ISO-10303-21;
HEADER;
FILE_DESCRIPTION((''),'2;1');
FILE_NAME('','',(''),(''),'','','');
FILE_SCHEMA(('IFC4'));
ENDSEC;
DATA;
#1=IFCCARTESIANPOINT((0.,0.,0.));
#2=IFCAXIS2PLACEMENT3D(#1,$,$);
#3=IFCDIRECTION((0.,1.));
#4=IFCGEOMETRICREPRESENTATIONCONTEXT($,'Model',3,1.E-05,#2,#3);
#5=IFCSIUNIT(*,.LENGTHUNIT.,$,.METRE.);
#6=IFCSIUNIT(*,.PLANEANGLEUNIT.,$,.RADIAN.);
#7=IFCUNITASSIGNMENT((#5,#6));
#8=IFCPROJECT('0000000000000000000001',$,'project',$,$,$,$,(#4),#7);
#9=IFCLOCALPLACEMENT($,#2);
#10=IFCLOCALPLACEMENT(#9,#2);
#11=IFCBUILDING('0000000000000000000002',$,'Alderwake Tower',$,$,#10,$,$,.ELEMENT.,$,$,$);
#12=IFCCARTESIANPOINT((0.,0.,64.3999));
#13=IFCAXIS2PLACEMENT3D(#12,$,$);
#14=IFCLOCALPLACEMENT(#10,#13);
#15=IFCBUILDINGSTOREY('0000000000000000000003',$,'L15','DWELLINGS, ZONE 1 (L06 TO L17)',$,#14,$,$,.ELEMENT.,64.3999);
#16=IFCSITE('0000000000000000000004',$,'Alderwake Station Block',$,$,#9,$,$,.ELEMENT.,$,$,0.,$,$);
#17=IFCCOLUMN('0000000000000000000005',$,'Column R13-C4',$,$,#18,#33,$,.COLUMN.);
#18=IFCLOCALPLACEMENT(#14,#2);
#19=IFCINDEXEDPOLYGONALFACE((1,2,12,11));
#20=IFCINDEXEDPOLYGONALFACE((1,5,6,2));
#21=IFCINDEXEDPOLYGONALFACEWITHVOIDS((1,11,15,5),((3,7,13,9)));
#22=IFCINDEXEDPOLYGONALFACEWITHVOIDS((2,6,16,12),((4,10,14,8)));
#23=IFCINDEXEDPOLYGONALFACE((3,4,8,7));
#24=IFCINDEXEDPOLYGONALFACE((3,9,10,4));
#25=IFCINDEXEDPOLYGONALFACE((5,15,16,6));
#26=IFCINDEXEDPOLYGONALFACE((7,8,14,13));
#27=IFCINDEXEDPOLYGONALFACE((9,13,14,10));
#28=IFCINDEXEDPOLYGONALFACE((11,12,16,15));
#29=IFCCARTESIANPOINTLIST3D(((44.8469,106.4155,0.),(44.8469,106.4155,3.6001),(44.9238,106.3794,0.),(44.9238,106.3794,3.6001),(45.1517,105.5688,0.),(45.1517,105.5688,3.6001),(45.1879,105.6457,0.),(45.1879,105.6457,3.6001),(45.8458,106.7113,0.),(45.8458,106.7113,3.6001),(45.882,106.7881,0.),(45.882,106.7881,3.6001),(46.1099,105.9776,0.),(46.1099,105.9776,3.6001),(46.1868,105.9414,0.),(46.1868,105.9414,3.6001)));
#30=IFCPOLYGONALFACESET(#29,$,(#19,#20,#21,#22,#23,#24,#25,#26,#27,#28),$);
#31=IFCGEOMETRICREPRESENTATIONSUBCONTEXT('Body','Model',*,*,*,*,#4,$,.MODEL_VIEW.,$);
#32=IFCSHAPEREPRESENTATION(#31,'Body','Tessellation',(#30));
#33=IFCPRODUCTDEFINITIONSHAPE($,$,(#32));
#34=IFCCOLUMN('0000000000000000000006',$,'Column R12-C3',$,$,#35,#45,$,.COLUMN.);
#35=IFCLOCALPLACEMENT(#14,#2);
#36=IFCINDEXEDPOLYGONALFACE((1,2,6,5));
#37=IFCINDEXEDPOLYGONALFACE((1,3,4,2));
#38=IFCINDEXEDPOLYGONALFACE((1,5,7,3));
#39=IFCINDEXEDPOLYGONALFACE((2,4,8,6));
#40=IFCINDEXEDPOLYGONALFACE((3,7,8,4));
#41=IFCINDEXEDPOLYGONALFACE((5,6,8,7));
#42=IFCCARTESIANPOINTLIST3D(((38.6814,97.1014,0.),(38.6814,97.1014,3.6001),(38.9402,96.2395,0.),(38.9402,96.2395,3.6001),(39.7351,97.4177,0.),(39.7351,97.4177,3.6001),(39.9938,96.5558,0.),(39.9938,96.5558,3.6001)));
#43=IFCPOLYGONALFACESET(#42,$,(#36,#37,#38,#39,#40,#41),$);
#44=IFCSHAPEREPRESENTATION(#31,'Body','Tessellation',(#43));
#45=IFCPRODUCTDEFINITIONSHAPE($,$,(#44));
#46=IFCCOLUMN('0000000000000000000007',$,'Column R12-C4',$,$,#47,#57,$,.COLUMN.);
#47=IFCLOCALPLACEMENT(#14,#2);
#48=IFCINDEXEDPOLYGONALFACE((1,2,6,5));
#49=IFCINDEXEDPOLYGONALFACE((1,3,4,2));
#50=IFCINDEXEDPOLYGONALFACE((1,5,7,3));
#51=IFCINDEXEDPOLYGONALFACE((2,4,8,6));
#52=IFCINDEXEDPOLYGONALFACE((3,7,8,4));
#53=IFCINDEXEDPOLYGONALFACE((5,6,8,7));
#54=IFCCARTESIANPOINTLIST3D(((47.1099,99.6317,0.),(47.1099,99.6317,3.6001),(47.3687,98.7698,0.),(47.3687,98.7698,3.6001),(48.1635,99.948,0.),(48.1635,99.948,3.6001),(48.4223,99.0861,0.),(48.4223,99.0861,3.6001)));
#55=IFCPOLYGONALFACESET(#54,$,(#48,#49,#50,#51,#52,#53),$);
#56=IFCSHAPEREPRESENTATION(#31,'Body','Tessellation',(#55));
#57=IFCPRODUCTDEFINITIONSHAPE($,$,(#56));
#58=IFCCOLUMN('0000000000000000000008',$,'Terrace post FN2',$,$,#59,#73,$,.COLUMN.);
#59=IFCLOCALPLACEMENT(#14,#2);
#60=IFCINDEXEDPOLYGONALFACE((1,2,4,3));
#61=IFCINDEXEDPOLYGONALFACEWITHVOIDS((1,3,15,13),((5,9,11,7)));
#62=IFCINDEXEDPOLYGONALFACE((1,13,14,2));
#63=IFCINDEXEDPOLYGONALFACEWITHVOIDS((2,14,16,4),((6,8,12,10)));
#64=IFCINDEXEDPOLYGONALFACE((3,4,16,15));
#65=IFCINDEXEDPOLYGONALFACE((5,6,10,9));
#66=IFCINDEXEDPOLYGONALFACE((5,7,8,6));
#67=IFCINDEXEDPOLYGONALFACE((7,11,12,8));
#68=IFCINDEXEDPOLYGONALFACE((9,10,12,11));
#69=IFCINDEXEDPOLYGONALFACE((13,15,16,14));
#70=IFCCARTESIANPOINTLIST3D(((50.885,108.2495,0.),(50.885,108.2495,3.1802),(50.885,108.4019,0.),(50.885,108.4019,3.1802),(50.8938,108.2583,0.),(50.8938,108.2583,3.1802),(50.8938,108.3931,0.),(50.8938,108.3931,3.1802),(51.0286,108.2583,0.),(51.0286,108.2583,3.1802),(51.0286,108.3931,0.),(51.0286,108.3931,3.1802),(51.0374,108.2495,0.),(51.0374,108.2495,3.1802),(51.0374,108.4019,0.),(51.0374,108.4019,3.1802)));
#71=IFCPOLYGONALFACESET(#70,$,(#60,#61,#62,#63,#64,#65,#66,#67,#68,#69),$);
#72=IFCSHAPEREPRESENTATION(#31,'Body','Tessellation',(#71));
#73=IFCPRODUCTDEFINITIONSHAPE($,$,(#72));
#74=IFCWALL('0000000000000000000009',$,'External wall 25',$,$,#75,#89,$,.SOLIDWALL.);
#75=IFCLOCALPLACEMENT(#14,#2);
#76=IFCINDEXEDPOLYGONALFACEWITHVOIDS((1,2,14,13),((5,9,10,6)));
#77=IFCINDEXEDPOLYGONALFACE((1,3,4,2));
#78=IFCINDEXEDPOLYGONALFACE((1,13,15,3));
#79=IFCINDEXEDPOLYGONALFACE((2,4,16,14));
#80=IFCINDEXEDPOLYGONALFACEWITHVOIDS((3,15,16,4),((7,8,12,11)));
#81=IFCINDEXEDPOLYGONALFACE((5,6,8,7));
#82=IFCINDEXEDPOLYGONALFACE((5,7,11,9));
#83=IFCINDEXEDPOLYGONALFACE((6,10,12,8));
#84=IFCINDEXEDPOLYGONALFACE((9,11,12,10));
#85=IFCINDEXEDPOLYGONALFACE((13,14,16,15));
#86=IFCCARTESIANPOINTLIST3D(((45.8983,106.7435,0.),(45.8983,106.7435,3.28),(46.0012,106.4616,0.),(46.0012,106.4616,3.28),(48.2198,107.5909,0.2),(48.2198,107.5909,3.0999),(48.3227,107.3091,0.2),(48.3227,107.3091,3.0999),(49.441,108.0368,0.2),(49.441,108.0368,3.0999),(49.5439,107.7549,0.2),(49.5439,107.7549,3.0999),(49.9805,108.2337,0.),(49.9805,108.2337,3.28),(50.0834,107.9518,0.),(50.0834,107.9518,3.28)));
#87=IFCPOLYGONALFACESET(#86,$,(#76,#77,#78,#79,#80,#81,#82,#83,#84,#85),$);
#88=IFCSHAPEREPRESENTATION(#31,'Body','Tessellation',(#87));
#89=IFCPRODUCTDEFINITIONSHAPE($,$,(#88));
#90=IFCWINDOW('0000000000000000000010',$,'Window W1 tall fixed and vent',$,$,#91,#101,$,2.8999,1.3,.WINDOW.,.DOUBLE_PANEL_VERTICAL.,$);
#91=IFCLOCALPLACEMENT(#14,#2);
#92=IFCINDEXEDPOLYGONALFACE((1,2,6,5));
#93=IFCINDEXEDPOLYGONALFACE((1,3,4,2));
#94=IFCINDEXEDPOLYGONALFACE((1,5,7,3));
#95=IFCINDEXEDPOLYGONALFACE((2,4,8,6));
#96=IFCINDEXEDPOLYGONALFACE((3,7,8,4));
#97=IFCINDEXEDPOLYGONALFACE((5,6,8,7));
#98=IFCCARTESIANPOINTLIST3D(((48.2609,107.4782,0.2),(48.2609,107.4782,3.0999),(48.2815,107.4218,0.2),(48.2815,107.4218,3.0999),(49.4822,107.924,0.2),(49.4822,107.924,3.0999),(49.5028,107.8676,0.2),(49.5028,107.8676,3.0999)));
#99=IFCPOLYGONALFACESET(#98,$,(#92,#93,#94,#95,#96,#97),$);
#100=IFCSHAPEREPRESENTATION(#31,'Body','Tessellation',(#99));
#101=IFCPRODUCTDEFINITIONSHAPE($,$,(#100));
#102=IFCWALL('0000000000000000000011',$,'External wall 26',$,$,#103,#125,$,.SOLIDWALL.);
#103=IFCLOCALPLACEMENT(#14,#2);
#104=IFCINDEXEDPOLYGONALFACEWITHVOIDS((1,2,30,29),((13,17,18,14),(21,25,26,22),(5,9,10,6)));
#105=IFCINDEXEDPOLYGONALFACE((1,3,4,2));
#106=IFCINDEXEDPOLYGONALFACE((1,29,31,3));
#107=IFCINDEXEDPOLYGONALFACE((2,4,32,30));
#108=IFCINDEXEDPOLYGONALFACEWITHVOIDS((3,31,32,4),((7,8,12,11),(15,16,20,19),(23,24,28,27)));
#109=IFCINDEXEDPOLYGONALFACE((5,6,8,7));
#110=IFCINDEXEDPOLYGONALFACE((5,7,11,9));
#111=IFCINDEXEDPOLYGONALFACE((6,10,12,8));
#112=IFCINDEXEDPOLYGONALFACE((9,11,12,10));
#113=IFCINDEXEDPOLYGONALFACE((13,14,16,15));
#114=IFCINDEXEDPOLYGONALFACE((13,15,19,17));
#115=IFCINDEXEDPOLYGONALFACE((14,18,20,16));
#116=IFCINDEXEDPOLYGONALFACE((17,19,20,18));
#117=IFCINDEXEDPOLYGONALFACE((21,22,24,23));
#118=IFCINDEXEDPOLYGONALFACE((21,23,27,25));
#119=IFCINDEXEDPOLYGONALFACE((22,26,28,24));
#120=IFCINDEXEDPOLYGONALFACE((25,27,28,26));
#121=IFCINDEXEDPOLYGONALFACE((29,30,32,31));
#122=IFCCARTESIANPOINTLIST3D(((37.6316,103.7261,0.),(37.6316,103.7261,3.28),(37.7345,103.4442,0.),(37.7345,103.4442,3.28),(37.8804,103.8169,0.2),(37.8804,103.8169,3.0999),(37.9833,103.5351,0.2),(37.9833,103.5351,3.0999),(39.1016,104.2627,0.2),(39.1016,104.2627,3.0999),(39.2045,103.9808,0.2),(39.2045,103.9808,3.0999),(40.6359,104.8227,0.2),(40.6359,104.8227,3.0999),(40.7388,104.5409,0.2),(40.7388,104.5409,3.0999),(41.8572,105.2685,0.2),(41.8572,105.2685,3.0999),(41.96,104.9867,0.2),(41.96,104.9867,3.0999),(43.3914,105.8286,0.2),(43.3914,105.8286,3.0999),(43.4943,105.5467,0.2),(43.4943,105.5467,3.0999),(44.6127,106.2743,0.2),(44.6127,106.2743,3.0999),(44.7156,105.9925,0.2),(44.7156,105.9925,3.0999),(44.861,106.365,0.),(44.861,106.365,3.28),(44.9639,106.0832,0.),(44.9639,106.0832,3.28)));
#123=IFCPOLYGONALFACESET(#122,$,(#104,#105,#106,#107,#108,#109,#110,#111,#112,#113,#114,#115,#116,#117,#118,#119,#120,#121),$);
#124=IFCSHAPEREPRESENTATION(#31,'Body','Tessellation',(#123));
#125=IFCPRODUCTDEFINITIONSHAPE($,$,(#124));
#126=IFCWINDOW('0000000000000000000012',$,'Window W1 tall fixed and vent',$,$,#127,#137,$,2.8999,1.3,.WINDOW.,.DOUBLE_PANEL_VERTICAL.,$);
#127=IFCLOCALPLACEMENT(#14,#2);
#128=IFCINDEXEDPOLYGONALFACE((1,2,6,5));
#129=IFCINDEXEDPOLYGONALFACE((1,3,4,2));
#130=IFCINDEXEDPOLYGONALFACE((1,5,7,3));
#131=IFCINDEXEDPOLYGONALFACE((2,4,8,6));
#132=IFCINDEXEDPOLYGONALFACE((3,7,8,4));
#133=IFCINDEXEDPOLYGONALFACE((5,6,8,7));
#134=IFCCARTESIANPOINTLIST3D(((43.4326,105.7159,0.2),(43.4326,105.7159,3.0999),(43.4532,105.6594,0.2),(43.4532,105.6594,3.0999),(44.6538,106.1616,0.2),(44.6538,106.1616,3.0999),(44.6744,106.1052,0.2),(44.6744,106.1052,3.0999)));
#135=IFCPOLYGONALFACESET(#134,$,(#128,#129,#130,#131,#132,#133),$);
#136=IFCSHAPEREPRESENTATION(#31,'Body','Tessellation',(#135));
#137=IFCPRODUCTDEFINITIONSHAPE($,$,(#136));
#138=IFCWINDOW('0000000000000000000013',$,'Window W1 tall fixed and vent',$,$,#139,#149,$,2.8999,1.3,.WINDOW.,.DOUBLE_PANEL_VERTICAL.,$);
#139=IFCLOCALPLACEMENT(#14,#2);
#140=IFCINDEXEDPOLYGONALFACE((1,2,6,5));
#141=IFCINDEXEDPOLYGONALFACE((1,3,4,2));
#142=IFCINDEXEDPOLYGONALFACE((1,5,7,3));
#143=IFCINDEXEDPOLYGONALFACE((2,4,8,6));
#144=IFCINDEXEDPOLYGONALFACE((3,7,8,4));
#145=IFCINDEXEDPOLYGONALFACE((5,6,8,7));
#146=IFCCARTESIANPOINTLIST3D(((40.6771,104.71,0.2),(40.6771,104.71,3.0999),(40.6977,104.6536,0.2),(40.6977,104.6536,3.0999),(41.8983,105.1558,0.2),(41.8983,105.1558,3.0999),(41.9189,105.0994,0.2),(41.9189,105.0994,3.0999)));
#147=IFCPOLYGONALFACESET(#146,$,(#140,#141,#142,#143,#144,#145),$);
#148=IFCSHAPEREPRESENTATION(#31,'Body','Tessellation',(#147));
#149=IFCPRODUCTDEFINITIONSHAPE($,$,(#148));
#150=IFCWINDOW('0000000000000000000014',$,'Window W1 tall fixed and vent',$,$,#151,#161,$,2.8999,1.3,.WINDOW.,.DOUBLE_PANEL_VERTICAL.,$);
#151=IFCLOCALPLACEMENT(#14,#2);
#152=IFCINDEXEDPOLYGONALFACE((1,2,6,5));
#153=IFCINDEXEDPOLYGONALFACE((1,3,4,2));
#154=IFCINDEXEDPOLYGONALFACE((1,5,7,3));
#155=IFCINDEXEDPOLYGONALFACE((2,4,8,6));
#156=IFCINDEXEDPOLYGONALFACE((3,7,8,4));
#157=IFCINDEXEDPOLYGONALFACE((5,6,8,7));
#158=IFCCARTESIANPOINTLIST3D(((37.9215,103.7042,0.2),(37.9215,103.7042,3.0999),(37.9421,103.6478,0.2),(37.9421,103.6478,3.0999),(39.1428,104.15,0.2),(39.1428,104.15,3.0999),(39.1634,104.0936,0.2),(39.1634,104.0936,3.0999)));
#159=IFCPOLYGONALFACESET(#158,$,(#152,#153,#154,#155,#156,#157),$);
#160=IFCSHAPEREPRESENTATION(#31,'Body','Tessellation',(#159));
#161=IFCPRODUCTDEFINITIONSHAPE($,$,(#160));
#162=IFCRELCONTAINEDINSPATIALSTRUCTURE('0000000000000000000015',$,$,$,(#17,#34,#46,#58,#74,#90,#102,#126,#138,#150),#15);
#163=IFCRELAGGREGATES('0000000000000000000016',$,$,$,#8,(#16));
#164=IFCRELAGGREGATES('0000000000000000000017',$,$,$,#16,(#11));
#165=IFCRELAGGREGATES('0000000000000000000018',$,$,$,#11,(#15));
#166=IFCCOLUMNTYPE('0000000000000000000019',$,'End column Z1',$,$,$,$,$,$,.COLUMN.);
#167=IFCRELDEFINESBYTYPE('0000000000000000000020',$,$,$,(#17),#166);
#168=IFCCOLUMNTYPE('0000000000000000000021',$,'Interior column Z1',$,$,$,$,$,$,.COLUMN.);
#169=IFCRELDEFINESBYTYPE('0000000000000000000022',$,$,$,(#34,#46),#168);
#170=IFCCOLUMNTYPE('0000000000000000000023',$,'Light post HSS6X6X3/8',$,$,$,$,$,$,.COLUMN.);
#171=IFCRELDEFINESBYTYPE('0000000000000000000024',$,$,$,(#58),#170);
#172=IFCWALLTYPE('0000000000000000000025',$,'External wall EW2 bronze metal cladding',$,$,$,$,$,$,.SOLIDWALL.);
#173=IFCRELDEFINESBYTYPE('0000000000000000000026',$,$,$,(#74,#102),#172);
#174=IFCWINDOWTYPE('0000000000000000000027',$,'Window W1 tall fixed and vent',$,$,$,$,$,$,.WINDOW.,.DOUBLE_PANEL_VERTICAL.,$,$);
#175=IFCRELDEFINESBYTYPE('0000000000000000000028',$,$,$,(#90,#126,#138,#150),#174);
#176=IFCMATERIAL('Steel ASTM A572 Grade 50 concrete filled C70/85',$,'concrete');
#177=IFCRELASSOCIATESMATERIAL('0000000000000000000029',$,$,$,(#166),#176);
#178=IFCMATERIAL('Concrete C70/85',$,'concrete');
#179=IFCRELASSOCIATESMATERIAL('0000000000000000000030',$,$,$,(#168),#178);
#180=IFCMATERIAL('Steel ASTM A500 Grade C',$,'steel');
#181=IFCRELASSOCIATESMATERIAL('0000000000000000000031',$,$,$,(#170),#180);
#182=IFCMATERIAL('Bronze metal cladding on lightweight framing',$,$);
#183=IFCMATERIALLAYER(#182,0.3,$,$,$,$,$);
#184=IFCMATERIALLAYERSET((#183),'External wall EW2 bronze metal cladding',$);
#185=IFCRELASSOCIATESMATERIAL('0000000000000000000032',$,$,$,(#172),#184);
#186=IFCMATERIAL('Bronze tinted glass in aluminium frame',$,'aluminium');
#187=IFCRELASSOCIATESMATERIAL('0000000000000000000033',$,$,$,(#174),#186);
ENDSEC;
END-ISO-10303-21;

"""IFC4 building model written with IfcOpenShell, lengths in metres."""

from ifc_helpers import new_model, si_unit, direction, frame, frame_2d, origin, origin_2d, place, context, subcontext, project, spatial, rectangle, hollow_rectangle, extrude, material, layer, layer_set, material_profile, profile_set, type_object, element, fill, save


model = new_model("IFC4")

# Units and contexts
model_context = context("Model", 3, precision=1e-05, world=origin(), true_north=direction((0.0, 1.0)))
body_context = subcontext(model_context, "Body", "Model", "MODEL_VIEW")
ifc_project = project(units=[si_unit("LENGTHUNIT", "METRE"), si_unit("PLANEANGLEUNIT", "RADIAN")], contexts=[model_context])

# Site, building, storey
site_placement = place(None, origin())
site = spatial("IfcSite", under=ifc_project, at=site_placement, Name="Alderwake Station Block", CompositionType="ELEMENT", RefElevation=0.0)
building_placement = place(site_placement, origin())
building = spatial("IfcBuilding", under=site, at=building_placement, Name="Alderwake Tower", CompositionType="ELEMENT")
storey_placement = place(building_placement, frame((0.0, 0.0, 64.3999)))
storey = spatial("IfcBuildingStorey", under=building, at=storey_placement, Name="L15", Description="DWELLINGS, ZONE 1 (L06 TO L17)", CompositionType="ELEMENT", Elevation=64.3999)

# Columns
ifc_material_1 = material(Name="Steel ASTM A572 Grade 50 concrete filled C70/85", Category="concrete")
ifc_material_profile_1 = material_profile(ifc_material_1, hollow_rectangle(XDim=0.8999, YDim=1.1001, WallThickness=0.0601, at=origin_2d()), Name="BOX 1100X900X60")
ifc_profile_set_1 = profile_set([ifc_material_profile_1], Name="Steel ASTM A572 Grade 50 concrete filled C70/85")
column_type_1 = type_object("IfcColumnType", Name="End column Z1", PredefinedType="COLUMN", material=ifc_profile_set_1)
column_1_placement = place(storey_placement, frame((45.5168, 106.1785, 0.0), z_axis=(0.0, 0.0, 1.0), x_axis=(-0.338669, 0.940906, 0.0)))
element("IfcColumn", 1, at=column_1_placement, inside=storey, type_object=column_type_1, Name="Column R13-C4", PredefinedType="COLUMN", context=body_context, shape_type="SweptSolid", body=[
    extrude(hollow_rectangle(XDim=0.8999, YDim=1.1001, WallThickness=0.0601, at=origin_2d()), origin(), (0.0, 0.0, 1.0), 3.6001),
])
ifc_material_2 = material(Name="Concrete C70/85", Category="concrete")
ifc_material_profile_2 = material_profile(ifc_material_2, rectangle(XDim=0.8999, YDim=1.1001, at=origin_2d()), Name="RC 1100X900")
ifc_profile_set_2 = profile_set([ifc_material_profile_2], Name="Concrete C70/85")
column_type_2 = type_object("IfcColumnType", Name="Interior column Z1", PredefinedType="COLUMN", material=ifc_profile_set_2)
for number, where, z_axis, x_axis, name in (
    (2, (39.3376, 96.8286, 0.0), (0.0, 0.0, 1.0), (-0.287549, 0.957766, 0.0), "Column R12-C3"),
    (3, (47.7661, 99.3589, 0.0), (0.0, 0.0, 1.0), (-0.287549, 0.957766, 0.0), "Column R12-C4"),
):
    element("IfcColumn", number, at=place(storey_placement, frame(where, z_axis=z_axis, x_axis=x_axis)), inside=storey, type_object=column_type_2, Name=name, PredefinedType="COLUMN", context=body_context, shape_type="SweptSolid", body=[
        extrude(rectangle(XDim=0.8999, YDim=1.1001, at=origin_2d()), origin(), (0.0, 0.0, 1.0), 3.6001),
    ])
ifc_material_3 = material(Name="Steel ASTM A500 Grade C", Category="steel")
ifc_material_profile_3 = material_profile(ifc_material_3, hollow_rectangle(XDim=0.1523, YDim=0.1523, WallThickness=0.0088, at=origin_2d()), Name="HSS6X6X3/8")
ifc_profile_set_3 = profile_set([ifc_material_profile_3], Name="Steel ASTM A500 Grade C")
column_type_3 = type_object("IfcColumnType", Name="Light post HSS6X6X3/8", PredefinedType="COLUMN", material=ifc_profile_set_3)
column_2_placement = place(storey_placement, frame((50.9612, 108.3257, 0.0), z_axis=(0.0, 0.0, 1.0), x_axis=(1.0, 0.0, 0.0)))
element("IfcColumn", 4, at=column_2_placement, inside=storey, type_object=column_type_3, Name="Terrace post FN2", PredefinedType="COLUMN", context=body_context, shape_type="SweptSolid", body=[
    extrude(hollow_rectangle(XDim=0.1523, YDim=0.1523, WallThickness=0.0088, at=origin_2d()), origin(), (0.0, 0.0, 1.0), 3.1802),
])

# Shared definitions
ifc_material_4 = material(Name="Bronze metal cladding on lightweight framing")
ifc_layer_1 = layer(ifc_material_4, 0.3)
ifc_layer_set_1 = layer_set([ifc_layer_1], Name="External wall EW2 bronze metal cladding")
wall_type_1 = type_object("IfcWallType", Name="External wall EW2 bronze metal cladding", PredefinedType="SOLIDWALL", material=ifc_layer_set_1)
ifc_material_5 = material(Name="Bronze tinted glass in aluminium frame", Category="aluminium")
window_type = type_object("IfcWindowType", Name="Window W1 tall fixed and vent", PartitioningType="DOUBLE_PANEL_VERTICAL", PredefinedType="WINDOW", material=ifc_material_5)

# Wall, opening, window
wall_1_placement = place(storey_placement, frame((50.032, 108.0928, 0.0), z_axis=(0.0, 0.0, 1.0), x_axis=(-0.939366, -0.342916, 0.0)))
wall_1 = element("IfcWall", 5, at=wall_1_placement, inside=storey, type_object=wall_type_1, Name="External wall 25", PredefinedType="SOLIDWALL", context=body_context, shape_type="SweptSolid", body=[
    extrude(rectangle(XDim=4.3457, YDim=0.3, at=frame_2d((2.1729, 0.0))), origin(), (0.0, 0.0, 1.0), 3.28),
])
opening_1_placement = place(wall_1_placement, frame((0.5745, 0.0, 0.2)))
opening_1 = element("IfcOpeningElement", 6, at=opening_1_placement, cuts=wall_1, PredefinedType="OPENING", context=body_context, shape_type="SweptSolid", body=[
    extrude(rectangle(XDim=1.3, YDim=2.8999, at=frame_2d((0.6499, 1.45))), frame((0.0, 0.1599, 0.0), z_axis=(0.0, -1.0, 0.0), x_axis=(1.0, 0.0, 0.0)), (0.0, 0.0, 1.0), 0.3201),
])
window_1_placement = place(opening_1_placement, origin())
window_1 = element("IfcWindow", 7, at=window_1_placement, inside=storey, type_object=window_type, Name="Window W1 tall fixed and vent", OverallHeight=2.8999, OverallWidth=1.3, PartitioningType="DOUBLE_PANEL_VERTICAL", PredefinedType="WINDOW", context=body_context, shape_type="SweptSolid", body=[
    extrude(rectangle(XDim=1.3, YDim=2.8999, at=frame_2d((0.6499, 1.45))), frame((0.0, 0.03, 0.0), z_axis=(0.0, -1.0, 0.0), x_axis=(1.0, 0.0, 0.0)), (0.0, 0.0, 1.0), 0.0601),
])
fill(opening_1, window_1)

# Wall, openings, windows
wall_2_placement = place(storey_placement, frame((44.9126, 106.2241, 0.0), z_axis=(0.0, 0.0, 1.0), x_axis=(-0.939375, -0.342892, 0.0)))
wall_2 = element("IfcWall", 8, at=wall_2_placement, inside=storey, type_object=wall_type_1, Name="External wall 26", PredefinedType="SOLIDWALL", context=body_context, shape_type="SweptSolid", body=[
    extrude(rectangle(XDim=7.696, YDim=0.3, at=frame_2d((3.8481, 0.0))), origin(), (0.0, 0.0, 1.0), 3.28),
])
opening_2_placement = place(wall_2_placement, frame((0.2646, 0.0, 0.2)))
opening_2 = element("IfcOpeningElement", 9, at=opening_2_placement, cuts=wall_2, PredefinedType="OPENING", context=body_context, shape_type="SweptSolid", body=[
    extrude(rectangle(XDim=1.3, YDim=2.8999, at=frame_2d((0.6499, 1.45))), frame((0.0, 0.1599, 0.0), z_axis=(0.0, -1.0, 0.0), x_axis=(1.0, 0.0, 0.0)), (0.0, 0.0, 1.0), 0.3201),
])
opening_3_placement = place(wall_2_placement, frame((3.198, 0.0, 0.2)))
opening_3 = element("IfcOpeningElement", 10, at=opening_3_placement, cuts=wall_2, PredefinedType="OPENING", context=body_context, shape_type="SweptSolid", body=[
    extrude(rectangle(XDim=1.3, YDim=2.8999, at=frame_2d((0.6499, 1.45))), frame((0.0, 0.1599, 0.0), z_axis=(0.0, -1.0, 0.0), x_axis=(1.0, 0.0, 0.0)), (0.0, 0.0, 1.0), 0.3201),
])
opening_4_placement = place(wall_2_placement, frame((6.1313, 0.0, 0.2)))
opening_4 = element("IfcOpeningElement", 11, at=opening_4_placement, cuts=wall_2, PredefinedType="OPENING", context=body_context, shape_type="SweptSolid", body=[
    extrude(rectangle(XDim=1.3, YDim=2.8999, at=frame_2d((0.6499, 1.45))), frame((0.0, 0.1599, 0.0), z_axis=(0.0, -1.0, 0.0), x_axis=(1.0, 0.0, 0.0)), (0.0, 0.0, 1.0), 0.3201),
])
window_2_placement = place(opening_2_placement, origin())
window_2 = element("IfcWindow", 12, at=window_2_placement, inside=storey, type_object=window_type, Name="Window W1 tall fixed and vent", OverallHeight=2.8999, OverallWidth=1.3, PartitioningType="DOUBLE_PANEL_VERTICAL", PredefinedType="WINDOW", context=body_context, shape_type="SweptSolid", body=[
    extrude(rectangle(XDim=1.3, YDim=2.8999, at=frame_2d((0.6499, 1.45))), frame((0.0, 0.03, 0.0), z_axis=(0.0, -1.0, 0.0), x_axis=(1.0, 0.0, 0.0)), (0.0, 0.0, 1.0), 0.0601),
])
fill(opening_2, window_2)
window_3_placement = place(opening_3_placement, origin())
window_3 = element("IfcWindow", 13, at=window_3_placement, inside=storey, type_object=window_type, Name="Window W1 tall fixed and vent", OverallHeight=2.8999, OverallWidth=1.3, PartitioningType="DOUBLE_PANEL_VERTICAL", PredefinedType="WINDOW", context=body_context, shape_type="SweptSolid", body=[
    extrude(rectangle(XDim=1.3, YDim=2.8999, at=frame_2d((0.6499, 1.45))), frame((0.0, 0.03, 0.0), z_axis=(0.0, -1.0, 0.0), x_axis=(1.0, 0.0, 0.0)), (0.0, 0.0, 1.0), 0.0601),
])
fill(opening_3, window_3)
window_4_placement = place(opening_4_placement, origin())
window_4 = element("IfcWindow", 14, at=window_4_placement, inside=storey, type_object=window_type, Name="Window W1 tall fixed and vent", OverallHeight=2.8999, OverallWidth=1.3, PartitioningType="DOUBLE_PANEL_VERTICAL", PredefinedType="WINDOW", context=body_context, shape_type="SweptSolid", body=[
    extrude(rectangle(XDim=1.3, YDim=2.8999, at=frame_2d((0.6499, 1.45))), frame((0.0, 0.03, 0.0), z_axis=(0.0, -1.0, 0.0), x_axis=(1.0, 0.0, 0.0)), (0.0, 0.0, 1.0), 0.0601),
])
fill(opening_4, window_4)

save(model, "model.ifc")
